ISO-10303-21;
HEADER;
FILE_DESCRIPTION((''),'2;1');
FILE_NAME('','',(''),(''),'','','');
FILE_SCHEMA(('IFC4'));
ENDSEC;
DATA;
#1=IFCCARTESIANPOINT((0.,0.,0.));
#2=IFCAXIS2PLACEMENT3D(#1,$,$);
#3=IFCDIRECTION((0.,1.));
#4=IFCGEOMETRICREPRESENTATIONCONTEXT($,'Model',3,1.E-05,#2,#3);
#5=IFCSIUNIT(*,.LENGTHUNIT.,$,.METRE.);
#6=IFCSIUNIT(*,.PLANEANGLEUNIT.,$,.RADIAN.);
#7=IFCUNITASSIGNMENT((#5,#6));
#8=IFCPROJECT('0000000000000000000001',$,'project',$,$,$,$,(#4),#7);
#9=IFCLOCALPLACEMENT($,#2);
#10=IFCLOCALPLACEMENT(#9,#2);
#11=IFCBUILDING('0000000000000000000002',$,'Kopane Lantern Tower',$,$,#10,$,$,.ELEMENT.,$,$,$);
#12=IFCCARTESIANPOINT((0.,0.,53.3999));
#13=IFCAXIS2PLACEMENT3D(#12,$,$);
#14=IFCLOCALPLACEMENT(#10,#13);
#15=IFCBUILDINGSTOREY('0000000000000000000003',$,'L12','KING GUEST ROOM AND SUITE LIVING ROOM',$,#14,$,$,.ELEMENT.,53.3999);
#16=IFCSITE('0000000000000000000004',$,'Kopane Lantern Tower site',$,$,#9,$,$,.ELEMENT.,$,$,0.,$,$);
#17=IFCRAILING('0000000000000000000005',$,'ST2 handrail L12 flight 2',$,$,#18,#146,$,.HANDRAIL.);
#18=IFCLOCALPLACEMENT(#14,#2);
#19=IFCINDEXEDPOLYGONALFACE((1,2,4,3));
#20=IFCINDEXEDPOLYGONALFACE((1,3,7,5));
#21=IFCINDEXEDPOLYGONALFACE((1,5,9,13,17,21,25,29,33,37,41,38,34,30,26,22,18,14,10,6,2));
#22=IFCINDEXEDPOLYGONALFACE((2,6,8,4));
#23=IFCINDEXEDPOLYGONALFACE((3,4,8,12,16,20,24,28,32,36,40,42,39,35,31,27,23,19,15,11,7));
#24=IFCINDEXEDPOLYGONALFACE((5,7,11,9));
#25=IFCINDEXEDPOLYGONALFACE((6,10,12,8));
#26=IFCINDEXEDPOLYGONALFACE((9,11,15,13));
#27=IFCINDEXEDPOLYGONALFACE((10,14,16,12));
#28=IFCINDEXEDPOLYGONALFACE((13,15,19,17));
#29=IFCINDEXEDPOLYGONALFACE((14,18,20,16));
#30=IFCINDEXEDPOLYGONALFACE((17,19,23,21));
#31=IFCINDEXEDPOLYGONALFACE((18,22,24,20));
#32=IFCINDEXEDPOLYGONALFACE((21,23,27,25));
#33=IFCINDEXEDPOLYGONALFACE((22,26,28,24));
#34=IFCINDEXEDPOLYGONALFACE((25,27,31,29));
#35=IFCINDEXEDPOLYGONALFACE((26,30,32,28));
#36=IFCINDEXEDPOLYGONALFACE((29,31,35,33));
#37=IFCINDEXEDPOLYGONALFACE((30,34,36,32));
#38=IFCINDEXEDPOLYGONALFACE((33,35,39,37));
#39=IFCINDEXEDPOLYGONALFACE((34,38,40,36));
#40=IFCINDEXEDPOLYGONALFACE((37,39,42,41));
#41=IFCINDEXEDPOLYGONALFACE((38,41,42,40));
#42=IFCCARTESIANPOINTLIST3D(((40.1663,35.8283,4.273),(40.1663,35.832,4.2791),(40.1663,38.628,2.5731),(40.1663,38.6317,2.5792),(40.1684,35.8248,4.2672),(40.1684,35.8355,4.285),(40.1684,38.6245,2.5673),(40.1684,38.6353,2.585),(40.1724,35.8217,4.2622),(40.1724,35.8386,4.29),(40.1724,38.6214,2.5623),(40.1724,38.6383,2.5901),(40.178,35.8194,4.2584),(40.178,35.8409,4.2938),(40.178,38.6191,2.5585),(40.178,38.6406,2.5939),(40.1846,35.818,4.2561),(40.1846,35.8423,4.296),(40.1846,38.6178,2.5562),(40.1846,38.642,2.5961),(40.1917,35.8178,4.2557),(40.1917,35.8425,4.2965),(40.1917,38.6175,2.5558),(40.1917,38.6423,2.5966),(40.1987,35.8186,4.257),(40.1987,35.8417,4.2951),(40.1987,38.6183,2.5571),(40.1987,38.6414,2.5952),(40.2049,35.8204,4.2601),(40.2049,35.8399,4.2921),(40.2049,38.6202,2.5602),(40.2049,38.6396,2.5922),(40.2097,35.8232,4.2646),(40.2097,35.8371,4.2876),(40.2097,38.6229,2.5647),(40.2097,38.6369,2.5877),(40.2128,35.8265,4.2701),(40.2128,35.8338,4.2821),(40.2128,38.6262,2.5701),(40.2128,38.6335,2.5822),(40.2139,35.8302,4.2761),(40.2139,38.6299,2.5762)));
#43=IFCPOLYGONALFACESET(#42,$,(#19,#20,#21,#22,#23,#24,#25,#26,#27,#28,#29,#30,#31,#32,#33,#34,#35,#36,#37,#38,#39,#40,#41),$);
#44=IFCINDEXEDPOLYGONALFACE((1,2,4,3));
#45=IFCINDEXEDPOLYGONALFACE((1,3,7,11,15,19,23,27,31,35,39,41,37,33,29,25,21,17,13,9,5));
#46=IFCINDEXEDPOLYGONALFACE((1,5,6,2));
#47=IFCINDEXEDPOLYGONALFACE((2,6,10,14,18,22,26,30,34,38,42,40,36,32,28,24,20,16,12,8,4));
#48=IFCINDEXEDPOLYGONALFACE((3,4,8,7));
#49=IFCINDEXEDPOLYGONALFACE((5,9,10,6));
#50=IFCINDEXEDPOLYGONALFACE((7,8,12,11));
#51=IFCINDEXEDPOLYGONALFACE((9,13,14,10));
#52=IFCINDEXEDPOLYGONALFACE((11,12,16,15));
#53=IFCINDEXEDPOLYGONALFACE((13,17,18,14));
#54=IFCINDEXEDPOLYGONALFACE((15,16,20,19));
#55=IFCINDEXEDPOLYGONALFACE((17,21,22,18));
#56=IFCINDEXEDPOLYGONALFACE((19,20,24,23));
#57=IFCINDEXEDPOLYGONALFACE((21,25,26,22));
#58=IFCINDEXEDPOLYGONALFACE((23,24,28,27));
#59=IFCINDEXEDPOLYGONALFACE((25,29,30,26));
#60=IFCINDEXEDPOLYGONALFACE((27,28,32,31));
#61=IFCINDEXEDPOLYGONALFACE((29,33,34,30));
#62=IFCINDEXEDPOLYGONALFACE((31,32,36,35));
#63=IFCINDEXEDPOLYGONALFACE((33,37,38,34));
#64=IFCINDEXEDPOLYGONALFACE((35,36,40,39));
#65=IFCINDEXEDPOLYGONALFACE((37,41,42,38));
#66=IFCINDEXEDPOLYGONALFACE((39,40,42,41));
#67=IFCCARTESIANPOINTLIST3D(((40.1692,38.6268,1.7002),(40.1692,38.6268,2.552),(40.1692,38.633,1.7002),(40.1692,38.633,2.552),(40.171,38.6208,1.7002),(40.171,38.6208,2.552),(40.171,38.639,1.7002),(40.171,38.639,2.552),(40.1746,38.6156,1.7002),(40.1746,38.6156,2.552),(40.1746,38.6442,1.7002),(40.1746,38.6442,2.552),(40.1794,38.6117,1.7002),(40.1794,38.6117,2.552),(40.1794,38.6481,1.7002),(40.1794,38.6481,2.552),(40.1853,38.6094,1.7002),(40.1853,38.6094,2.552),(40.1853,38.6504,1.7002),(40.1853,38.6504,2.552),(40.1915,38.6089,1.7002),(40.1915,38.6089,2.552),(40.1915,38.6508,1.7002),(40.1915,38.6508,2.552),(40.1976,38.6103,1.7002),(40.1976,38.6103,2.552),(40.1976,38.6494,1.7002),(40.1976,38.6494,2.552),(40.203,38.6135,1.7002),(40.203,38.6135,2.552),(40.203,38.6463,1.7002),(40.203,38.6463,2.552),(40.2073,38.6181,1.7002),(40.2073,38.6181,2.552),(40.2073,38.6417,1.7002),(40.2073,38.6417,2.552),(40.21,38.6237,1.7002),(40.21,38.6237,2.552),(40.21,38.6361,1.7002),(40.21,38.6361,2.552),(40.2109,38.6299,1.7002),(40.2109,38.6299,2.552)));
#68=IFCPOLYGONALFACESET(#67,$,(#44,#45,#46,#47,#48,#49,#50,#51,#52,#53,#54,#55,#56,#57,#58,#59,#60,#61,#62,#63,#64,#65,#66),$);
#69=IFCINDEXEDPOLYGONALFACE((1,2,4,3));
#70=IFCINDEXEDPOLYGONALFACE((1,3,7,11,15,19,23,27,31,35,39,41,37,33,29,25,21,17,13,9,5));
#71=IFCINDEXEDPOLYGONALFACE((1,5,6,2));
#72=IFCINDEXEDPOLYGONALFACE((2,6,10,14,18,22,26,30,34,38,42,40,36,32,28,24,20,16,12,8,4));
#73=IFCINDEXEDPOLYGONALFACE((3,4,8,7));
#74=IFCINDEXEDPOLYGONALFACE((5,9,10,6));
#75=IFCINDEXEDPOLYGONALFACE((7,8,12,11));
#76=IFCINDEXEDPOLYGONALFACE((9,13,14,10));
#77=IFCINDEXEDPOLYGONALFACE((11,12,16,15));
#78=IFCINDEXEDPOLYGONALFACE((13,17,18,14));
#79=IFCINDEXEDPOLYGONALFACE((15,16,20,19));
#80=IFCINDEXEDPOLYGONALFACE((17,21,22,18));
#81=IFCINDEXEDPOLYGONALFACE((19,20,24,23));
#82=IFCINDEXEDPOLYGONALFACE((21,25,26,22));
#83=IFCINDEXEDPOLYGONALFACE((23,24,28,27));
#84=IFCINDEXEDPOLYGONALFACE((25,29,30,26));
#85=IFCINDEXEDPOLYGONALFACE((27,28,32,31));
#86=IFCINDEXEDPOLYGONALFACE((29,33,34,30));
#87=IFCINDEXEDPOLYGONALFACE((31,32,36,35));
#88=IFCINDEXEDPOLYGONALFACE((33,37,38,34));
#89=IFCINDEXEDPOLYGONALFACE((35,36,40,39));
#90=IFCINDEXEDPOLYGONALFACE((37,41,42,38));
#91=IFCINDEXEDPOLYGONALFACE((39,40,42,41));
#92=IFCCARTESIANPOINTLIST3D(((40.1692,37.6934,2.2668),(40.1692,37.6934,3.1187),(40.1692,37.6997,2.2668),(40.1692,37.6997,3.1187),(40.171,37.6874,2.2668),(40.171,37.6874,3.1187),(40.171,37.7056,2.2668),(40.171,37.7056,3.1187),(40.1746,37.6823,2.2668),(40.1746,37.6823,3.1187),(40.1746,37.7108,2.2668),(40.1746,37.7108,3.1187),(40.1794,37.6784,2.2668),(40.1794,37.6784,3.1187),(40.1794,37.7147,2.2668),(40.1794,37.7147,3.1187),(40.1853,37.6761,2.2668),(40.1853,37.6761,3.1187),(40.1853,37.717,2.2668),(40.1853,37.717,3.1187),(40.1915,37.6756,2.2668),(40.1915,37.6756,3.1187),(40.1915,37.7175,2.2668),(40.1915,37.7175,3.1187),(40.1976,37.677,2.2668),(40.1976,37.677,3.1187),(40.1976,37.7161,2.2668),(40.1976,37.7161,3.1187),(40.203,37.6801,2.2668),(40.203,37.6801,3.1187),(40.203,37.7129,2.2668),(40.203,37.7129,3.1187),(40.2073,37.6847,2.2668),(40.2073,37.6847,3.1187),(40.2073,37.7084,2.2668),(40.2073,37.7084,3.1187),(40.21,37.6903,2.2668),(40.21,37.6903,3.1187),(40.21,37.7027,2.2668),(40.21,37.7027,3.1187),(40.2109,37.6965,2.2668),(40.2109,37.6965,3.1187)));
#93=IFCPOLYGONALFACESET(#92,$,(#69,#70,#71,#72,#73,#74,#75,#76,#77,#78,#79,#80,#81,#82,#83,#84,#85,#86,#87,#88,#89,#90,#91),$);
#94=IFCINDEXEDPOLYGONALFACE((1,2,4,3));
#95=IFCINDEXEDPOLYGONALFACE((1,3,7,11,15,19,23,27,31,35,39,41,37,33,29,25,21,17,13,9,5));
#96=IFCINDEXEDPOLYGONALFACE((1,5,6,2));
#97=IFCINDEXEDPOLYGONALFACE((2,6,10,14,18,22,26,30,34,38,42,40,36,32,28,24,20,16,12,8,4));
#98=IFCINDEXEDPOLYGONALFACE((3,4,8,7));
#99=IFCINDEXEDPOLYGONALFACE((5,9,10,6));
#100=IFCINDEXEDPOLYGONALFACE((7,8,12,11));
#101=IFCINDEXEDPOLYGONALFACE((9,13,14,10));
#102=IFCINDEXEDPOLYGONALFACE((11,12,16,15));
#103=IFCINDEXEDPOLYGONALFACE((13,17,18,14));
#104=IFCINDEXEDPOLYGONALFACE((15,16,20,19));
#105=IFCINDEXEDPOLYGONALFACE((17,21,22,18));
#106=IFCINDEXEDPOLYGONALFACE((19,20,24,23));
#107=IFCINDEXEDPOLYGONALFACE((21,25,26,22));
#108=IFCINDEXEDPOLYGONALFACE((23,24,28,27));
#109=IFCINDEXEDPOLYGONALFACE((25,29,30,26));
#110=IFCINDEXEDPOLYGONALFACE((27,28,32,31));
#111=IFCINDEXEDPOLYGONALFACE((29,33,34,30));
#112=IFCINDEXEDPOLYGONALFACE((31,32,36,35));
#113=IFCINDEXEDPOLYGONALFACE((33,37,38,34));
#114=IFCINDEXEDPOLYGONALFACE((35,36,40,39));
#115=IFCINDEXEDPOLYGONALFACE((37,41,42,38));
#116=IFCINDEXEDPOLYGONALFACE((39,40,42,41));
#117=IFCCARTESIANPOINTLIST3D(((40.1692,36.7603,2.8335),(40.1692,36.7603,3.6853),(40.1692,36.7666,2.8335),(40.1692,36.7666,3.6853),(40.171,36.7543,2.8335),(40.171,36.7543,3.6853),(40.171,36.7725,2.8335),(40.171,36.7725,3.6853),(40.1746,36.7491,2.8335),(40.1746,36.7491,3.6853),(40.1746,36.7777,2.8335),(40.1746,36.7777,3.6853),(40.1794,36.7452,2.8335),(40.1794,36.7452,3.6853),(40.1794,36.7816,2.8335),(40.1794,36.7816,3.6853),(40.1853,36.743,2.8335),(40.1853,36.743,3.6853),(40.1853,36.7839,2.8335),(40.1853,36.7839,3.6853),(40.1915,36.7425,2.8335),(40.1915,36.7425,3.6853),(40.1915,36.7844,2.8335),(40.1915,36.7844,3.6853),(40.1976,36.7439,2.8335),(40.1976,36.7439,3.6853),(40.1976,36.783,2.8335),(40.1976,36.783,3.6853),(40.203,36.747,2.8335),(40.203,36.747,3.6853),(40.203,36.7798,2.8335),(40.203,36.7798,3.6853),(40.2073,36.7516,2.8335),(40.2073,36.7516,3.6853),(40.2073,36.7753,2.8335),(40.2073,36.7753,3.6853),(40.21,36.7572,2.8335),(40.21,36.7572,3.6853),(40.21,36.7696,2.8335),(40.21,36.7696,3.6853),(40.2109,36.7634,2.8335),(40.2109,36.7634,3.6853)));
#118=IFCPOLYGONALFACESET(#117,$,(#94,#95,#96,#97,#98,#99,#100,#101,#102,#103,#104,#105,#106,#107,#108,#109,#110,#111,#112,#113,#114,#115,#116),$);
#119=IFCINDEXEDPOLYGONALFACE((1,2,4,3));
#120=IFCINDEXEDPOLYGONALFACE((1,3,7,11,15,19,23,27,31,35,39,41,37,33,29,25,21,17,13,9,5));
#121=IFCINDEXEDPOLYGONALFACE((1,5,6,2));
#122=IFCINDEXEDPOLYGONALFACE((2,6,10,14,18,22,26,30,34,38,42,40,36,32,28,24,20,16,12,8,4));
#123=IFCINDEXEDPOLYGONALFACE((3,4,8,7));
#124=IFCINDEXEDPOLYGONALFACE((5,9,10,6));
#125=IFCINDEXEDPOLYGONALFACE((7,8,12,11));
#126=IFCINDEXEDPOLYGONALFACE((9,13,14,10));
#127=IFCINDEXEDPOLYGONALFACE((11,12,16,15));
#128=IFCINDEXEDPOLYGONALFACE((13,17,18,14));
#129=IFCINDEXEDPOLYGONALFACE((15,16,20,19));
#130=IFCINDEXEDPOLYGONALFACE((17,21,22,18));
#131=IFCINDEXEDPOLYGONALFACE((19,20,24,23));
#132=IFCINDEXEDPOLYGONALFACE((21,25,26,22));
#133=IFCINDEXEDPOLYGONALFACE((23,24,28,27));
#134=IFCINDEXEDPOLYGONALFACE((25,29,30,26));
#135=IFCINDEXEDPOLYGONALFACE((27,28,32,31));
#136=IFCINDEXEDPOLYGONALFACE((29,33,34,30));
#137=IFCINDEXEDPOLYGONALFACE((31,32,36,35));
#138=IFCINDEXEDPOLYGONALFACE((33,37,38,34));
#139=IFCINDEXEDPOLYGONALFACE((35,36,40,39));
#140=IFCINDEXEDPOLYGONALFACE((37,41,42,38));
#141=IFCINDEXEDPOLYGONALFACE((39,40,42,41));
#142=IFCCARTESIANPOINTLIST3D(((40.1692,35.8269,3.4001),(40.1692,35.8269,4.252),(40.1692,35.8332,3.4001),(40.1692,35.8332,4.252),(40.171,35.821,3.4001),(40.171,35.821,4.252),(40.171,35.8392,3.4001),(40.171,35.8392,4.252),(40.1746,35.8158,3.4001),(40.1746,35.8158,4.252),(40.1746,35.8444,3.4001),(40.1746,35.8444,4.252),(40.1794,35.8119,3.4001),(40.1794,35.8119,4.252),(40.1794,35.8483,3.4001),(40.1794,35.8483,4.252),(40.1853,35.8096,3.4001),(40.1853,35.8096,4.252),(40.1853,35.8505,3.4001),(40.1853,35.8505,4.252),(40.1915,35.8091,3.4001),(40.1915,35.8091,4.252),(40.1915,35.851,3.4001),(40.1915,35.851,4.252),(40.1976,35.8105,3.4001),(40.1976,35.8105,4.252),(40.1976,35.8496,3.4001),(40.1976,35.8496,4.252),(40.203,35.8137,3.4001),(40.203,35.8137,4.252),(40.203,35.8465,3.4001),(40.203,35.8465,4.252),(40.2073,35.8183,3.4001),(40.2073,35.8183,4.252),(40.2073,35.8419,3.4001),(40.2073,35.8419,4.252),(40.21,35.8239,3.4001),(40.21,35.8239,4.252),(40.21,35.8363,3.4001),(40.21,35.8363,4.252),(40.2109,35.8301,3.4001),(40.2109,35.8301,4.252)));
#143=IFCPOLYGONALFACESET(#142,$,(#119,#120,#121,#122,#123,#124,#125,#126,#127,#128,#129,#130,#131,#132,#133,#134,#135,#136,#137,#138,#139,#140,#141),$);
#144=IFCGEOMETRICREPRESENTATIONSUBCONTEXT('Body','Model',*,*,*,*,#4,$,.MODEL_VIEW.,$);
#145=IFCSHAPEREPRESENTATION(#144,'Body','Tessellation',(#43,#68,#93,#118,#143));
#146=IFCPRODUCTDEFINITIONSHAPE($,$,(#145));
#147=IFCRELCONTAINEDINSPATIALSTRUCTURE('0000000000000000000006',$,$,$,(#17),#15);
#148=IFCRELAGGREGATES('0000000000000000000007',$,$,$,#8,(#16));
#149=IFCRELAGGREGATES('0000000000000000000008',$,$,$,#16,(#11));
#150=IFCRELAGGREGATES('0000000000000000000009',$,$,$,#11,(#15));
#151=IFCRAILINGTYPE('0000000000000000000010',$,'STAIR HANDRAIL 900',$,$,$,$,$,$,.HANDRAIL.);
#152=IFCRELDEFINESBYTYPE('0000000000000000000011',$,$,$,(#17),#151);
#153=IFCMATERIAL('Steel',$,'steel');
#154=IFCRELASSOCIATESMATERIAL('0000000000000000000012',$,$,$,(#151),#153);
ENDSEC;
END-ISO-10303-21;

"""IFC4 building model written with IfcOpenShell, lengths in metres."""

from ifc_helpers import new_model, si_unit, direction, frame, origin, origin_2d, place, context, subcontext, project, spatial, circle, extrude, material, type_object, element, save


model = new_model("IFC4")

# Units and contexts
model_context = context("Model", 3, precision=1e-05, world=origin(), true_north=direction((0.0, 1.0)))
body_context = subcontext(model_context, "Body", "Model", "MODEL_VIEW")
ifc_project = project(units=[si_unit("LENGTHUNIT", "METRE"), si_unit("PLANEANGLEUNIT", "RADIAN")], contexts=[model_context])

# Site, building, storey
site_placement = place(None, origin())
site = spatial("IfcSite", under=ifc_project, at=site_placement, Name="Kopane Lantern Tower site", CompositionType="ELEMENT", RefElevation=0.0)
building_placement = place(site_placement, origin())
building = spatial("IfcBuilding", under=site, at=building_placement, Name="Kopane Lantern Tower", CompositionType="ELEMENT")
storey_placement = place(building_placement, frame((0.0, 0.0, 53.3999)))
storey = spatial("IfcBuildingStorey", under=building, at=storey_placement, Name="L12", Description="KING GUEST ROOM AND SUITE LIVING ROOM", CompositionType="ELEMENT", Elevation=53.3999)

# Railing
ifc_material_1 = material(Name="Steel", Category="steel")
railing_type = type_object("IfcRailingType", Name="STAIR HANDRAIL 900", PredefinedType="HANDRAIL", material=ifc_material_1)
for number, where, name in (
    (1, (40.1899, 38.6299, 1.7002), "ST2 handrail L12 flight 2"),
):
    element("IfcRailing", number, at=place(storey_placement, frame(where)), inside=storey, type_object=railing_type, Name=name, PredefinedType="HANDRAIL", context=body_context, shape_type="SweptSolid", body=[
        extrude(circle(Radius=0.0239, at=origin_2d()), frame((0.0, 0.0, 0.876), z_axis=(0.0, -0.854778, 0.518994), x_axis=(1.0, 0.0, 0.0)), (0.0, 0.0, 1.0), 3.2754),
        extrude(circle(Radius=0.021, at=origin_2d()), origin(), (0.0, 0.0, 1.0), 0.8518),
        extrude(circle(Radius=0.021, at=origin_2d()), frame((0.0, -0.9333, 0.5667)), (0.0, 0.0, 1.0), 0.8518),
        extrude(circle(Radius=0.021, at=origin_2d()), frame((0.0, -1.8665, 1.1333)), (0.0, 0.0, 1.0), 0.8518),
        extrude(circle(Radius=0.021, at=origin_2d()), frame((0.0, -2.7998, 1.7)), (0.0, 0.0, 1.0), 0.8518),
    ])

save(model, "model.ifc")
